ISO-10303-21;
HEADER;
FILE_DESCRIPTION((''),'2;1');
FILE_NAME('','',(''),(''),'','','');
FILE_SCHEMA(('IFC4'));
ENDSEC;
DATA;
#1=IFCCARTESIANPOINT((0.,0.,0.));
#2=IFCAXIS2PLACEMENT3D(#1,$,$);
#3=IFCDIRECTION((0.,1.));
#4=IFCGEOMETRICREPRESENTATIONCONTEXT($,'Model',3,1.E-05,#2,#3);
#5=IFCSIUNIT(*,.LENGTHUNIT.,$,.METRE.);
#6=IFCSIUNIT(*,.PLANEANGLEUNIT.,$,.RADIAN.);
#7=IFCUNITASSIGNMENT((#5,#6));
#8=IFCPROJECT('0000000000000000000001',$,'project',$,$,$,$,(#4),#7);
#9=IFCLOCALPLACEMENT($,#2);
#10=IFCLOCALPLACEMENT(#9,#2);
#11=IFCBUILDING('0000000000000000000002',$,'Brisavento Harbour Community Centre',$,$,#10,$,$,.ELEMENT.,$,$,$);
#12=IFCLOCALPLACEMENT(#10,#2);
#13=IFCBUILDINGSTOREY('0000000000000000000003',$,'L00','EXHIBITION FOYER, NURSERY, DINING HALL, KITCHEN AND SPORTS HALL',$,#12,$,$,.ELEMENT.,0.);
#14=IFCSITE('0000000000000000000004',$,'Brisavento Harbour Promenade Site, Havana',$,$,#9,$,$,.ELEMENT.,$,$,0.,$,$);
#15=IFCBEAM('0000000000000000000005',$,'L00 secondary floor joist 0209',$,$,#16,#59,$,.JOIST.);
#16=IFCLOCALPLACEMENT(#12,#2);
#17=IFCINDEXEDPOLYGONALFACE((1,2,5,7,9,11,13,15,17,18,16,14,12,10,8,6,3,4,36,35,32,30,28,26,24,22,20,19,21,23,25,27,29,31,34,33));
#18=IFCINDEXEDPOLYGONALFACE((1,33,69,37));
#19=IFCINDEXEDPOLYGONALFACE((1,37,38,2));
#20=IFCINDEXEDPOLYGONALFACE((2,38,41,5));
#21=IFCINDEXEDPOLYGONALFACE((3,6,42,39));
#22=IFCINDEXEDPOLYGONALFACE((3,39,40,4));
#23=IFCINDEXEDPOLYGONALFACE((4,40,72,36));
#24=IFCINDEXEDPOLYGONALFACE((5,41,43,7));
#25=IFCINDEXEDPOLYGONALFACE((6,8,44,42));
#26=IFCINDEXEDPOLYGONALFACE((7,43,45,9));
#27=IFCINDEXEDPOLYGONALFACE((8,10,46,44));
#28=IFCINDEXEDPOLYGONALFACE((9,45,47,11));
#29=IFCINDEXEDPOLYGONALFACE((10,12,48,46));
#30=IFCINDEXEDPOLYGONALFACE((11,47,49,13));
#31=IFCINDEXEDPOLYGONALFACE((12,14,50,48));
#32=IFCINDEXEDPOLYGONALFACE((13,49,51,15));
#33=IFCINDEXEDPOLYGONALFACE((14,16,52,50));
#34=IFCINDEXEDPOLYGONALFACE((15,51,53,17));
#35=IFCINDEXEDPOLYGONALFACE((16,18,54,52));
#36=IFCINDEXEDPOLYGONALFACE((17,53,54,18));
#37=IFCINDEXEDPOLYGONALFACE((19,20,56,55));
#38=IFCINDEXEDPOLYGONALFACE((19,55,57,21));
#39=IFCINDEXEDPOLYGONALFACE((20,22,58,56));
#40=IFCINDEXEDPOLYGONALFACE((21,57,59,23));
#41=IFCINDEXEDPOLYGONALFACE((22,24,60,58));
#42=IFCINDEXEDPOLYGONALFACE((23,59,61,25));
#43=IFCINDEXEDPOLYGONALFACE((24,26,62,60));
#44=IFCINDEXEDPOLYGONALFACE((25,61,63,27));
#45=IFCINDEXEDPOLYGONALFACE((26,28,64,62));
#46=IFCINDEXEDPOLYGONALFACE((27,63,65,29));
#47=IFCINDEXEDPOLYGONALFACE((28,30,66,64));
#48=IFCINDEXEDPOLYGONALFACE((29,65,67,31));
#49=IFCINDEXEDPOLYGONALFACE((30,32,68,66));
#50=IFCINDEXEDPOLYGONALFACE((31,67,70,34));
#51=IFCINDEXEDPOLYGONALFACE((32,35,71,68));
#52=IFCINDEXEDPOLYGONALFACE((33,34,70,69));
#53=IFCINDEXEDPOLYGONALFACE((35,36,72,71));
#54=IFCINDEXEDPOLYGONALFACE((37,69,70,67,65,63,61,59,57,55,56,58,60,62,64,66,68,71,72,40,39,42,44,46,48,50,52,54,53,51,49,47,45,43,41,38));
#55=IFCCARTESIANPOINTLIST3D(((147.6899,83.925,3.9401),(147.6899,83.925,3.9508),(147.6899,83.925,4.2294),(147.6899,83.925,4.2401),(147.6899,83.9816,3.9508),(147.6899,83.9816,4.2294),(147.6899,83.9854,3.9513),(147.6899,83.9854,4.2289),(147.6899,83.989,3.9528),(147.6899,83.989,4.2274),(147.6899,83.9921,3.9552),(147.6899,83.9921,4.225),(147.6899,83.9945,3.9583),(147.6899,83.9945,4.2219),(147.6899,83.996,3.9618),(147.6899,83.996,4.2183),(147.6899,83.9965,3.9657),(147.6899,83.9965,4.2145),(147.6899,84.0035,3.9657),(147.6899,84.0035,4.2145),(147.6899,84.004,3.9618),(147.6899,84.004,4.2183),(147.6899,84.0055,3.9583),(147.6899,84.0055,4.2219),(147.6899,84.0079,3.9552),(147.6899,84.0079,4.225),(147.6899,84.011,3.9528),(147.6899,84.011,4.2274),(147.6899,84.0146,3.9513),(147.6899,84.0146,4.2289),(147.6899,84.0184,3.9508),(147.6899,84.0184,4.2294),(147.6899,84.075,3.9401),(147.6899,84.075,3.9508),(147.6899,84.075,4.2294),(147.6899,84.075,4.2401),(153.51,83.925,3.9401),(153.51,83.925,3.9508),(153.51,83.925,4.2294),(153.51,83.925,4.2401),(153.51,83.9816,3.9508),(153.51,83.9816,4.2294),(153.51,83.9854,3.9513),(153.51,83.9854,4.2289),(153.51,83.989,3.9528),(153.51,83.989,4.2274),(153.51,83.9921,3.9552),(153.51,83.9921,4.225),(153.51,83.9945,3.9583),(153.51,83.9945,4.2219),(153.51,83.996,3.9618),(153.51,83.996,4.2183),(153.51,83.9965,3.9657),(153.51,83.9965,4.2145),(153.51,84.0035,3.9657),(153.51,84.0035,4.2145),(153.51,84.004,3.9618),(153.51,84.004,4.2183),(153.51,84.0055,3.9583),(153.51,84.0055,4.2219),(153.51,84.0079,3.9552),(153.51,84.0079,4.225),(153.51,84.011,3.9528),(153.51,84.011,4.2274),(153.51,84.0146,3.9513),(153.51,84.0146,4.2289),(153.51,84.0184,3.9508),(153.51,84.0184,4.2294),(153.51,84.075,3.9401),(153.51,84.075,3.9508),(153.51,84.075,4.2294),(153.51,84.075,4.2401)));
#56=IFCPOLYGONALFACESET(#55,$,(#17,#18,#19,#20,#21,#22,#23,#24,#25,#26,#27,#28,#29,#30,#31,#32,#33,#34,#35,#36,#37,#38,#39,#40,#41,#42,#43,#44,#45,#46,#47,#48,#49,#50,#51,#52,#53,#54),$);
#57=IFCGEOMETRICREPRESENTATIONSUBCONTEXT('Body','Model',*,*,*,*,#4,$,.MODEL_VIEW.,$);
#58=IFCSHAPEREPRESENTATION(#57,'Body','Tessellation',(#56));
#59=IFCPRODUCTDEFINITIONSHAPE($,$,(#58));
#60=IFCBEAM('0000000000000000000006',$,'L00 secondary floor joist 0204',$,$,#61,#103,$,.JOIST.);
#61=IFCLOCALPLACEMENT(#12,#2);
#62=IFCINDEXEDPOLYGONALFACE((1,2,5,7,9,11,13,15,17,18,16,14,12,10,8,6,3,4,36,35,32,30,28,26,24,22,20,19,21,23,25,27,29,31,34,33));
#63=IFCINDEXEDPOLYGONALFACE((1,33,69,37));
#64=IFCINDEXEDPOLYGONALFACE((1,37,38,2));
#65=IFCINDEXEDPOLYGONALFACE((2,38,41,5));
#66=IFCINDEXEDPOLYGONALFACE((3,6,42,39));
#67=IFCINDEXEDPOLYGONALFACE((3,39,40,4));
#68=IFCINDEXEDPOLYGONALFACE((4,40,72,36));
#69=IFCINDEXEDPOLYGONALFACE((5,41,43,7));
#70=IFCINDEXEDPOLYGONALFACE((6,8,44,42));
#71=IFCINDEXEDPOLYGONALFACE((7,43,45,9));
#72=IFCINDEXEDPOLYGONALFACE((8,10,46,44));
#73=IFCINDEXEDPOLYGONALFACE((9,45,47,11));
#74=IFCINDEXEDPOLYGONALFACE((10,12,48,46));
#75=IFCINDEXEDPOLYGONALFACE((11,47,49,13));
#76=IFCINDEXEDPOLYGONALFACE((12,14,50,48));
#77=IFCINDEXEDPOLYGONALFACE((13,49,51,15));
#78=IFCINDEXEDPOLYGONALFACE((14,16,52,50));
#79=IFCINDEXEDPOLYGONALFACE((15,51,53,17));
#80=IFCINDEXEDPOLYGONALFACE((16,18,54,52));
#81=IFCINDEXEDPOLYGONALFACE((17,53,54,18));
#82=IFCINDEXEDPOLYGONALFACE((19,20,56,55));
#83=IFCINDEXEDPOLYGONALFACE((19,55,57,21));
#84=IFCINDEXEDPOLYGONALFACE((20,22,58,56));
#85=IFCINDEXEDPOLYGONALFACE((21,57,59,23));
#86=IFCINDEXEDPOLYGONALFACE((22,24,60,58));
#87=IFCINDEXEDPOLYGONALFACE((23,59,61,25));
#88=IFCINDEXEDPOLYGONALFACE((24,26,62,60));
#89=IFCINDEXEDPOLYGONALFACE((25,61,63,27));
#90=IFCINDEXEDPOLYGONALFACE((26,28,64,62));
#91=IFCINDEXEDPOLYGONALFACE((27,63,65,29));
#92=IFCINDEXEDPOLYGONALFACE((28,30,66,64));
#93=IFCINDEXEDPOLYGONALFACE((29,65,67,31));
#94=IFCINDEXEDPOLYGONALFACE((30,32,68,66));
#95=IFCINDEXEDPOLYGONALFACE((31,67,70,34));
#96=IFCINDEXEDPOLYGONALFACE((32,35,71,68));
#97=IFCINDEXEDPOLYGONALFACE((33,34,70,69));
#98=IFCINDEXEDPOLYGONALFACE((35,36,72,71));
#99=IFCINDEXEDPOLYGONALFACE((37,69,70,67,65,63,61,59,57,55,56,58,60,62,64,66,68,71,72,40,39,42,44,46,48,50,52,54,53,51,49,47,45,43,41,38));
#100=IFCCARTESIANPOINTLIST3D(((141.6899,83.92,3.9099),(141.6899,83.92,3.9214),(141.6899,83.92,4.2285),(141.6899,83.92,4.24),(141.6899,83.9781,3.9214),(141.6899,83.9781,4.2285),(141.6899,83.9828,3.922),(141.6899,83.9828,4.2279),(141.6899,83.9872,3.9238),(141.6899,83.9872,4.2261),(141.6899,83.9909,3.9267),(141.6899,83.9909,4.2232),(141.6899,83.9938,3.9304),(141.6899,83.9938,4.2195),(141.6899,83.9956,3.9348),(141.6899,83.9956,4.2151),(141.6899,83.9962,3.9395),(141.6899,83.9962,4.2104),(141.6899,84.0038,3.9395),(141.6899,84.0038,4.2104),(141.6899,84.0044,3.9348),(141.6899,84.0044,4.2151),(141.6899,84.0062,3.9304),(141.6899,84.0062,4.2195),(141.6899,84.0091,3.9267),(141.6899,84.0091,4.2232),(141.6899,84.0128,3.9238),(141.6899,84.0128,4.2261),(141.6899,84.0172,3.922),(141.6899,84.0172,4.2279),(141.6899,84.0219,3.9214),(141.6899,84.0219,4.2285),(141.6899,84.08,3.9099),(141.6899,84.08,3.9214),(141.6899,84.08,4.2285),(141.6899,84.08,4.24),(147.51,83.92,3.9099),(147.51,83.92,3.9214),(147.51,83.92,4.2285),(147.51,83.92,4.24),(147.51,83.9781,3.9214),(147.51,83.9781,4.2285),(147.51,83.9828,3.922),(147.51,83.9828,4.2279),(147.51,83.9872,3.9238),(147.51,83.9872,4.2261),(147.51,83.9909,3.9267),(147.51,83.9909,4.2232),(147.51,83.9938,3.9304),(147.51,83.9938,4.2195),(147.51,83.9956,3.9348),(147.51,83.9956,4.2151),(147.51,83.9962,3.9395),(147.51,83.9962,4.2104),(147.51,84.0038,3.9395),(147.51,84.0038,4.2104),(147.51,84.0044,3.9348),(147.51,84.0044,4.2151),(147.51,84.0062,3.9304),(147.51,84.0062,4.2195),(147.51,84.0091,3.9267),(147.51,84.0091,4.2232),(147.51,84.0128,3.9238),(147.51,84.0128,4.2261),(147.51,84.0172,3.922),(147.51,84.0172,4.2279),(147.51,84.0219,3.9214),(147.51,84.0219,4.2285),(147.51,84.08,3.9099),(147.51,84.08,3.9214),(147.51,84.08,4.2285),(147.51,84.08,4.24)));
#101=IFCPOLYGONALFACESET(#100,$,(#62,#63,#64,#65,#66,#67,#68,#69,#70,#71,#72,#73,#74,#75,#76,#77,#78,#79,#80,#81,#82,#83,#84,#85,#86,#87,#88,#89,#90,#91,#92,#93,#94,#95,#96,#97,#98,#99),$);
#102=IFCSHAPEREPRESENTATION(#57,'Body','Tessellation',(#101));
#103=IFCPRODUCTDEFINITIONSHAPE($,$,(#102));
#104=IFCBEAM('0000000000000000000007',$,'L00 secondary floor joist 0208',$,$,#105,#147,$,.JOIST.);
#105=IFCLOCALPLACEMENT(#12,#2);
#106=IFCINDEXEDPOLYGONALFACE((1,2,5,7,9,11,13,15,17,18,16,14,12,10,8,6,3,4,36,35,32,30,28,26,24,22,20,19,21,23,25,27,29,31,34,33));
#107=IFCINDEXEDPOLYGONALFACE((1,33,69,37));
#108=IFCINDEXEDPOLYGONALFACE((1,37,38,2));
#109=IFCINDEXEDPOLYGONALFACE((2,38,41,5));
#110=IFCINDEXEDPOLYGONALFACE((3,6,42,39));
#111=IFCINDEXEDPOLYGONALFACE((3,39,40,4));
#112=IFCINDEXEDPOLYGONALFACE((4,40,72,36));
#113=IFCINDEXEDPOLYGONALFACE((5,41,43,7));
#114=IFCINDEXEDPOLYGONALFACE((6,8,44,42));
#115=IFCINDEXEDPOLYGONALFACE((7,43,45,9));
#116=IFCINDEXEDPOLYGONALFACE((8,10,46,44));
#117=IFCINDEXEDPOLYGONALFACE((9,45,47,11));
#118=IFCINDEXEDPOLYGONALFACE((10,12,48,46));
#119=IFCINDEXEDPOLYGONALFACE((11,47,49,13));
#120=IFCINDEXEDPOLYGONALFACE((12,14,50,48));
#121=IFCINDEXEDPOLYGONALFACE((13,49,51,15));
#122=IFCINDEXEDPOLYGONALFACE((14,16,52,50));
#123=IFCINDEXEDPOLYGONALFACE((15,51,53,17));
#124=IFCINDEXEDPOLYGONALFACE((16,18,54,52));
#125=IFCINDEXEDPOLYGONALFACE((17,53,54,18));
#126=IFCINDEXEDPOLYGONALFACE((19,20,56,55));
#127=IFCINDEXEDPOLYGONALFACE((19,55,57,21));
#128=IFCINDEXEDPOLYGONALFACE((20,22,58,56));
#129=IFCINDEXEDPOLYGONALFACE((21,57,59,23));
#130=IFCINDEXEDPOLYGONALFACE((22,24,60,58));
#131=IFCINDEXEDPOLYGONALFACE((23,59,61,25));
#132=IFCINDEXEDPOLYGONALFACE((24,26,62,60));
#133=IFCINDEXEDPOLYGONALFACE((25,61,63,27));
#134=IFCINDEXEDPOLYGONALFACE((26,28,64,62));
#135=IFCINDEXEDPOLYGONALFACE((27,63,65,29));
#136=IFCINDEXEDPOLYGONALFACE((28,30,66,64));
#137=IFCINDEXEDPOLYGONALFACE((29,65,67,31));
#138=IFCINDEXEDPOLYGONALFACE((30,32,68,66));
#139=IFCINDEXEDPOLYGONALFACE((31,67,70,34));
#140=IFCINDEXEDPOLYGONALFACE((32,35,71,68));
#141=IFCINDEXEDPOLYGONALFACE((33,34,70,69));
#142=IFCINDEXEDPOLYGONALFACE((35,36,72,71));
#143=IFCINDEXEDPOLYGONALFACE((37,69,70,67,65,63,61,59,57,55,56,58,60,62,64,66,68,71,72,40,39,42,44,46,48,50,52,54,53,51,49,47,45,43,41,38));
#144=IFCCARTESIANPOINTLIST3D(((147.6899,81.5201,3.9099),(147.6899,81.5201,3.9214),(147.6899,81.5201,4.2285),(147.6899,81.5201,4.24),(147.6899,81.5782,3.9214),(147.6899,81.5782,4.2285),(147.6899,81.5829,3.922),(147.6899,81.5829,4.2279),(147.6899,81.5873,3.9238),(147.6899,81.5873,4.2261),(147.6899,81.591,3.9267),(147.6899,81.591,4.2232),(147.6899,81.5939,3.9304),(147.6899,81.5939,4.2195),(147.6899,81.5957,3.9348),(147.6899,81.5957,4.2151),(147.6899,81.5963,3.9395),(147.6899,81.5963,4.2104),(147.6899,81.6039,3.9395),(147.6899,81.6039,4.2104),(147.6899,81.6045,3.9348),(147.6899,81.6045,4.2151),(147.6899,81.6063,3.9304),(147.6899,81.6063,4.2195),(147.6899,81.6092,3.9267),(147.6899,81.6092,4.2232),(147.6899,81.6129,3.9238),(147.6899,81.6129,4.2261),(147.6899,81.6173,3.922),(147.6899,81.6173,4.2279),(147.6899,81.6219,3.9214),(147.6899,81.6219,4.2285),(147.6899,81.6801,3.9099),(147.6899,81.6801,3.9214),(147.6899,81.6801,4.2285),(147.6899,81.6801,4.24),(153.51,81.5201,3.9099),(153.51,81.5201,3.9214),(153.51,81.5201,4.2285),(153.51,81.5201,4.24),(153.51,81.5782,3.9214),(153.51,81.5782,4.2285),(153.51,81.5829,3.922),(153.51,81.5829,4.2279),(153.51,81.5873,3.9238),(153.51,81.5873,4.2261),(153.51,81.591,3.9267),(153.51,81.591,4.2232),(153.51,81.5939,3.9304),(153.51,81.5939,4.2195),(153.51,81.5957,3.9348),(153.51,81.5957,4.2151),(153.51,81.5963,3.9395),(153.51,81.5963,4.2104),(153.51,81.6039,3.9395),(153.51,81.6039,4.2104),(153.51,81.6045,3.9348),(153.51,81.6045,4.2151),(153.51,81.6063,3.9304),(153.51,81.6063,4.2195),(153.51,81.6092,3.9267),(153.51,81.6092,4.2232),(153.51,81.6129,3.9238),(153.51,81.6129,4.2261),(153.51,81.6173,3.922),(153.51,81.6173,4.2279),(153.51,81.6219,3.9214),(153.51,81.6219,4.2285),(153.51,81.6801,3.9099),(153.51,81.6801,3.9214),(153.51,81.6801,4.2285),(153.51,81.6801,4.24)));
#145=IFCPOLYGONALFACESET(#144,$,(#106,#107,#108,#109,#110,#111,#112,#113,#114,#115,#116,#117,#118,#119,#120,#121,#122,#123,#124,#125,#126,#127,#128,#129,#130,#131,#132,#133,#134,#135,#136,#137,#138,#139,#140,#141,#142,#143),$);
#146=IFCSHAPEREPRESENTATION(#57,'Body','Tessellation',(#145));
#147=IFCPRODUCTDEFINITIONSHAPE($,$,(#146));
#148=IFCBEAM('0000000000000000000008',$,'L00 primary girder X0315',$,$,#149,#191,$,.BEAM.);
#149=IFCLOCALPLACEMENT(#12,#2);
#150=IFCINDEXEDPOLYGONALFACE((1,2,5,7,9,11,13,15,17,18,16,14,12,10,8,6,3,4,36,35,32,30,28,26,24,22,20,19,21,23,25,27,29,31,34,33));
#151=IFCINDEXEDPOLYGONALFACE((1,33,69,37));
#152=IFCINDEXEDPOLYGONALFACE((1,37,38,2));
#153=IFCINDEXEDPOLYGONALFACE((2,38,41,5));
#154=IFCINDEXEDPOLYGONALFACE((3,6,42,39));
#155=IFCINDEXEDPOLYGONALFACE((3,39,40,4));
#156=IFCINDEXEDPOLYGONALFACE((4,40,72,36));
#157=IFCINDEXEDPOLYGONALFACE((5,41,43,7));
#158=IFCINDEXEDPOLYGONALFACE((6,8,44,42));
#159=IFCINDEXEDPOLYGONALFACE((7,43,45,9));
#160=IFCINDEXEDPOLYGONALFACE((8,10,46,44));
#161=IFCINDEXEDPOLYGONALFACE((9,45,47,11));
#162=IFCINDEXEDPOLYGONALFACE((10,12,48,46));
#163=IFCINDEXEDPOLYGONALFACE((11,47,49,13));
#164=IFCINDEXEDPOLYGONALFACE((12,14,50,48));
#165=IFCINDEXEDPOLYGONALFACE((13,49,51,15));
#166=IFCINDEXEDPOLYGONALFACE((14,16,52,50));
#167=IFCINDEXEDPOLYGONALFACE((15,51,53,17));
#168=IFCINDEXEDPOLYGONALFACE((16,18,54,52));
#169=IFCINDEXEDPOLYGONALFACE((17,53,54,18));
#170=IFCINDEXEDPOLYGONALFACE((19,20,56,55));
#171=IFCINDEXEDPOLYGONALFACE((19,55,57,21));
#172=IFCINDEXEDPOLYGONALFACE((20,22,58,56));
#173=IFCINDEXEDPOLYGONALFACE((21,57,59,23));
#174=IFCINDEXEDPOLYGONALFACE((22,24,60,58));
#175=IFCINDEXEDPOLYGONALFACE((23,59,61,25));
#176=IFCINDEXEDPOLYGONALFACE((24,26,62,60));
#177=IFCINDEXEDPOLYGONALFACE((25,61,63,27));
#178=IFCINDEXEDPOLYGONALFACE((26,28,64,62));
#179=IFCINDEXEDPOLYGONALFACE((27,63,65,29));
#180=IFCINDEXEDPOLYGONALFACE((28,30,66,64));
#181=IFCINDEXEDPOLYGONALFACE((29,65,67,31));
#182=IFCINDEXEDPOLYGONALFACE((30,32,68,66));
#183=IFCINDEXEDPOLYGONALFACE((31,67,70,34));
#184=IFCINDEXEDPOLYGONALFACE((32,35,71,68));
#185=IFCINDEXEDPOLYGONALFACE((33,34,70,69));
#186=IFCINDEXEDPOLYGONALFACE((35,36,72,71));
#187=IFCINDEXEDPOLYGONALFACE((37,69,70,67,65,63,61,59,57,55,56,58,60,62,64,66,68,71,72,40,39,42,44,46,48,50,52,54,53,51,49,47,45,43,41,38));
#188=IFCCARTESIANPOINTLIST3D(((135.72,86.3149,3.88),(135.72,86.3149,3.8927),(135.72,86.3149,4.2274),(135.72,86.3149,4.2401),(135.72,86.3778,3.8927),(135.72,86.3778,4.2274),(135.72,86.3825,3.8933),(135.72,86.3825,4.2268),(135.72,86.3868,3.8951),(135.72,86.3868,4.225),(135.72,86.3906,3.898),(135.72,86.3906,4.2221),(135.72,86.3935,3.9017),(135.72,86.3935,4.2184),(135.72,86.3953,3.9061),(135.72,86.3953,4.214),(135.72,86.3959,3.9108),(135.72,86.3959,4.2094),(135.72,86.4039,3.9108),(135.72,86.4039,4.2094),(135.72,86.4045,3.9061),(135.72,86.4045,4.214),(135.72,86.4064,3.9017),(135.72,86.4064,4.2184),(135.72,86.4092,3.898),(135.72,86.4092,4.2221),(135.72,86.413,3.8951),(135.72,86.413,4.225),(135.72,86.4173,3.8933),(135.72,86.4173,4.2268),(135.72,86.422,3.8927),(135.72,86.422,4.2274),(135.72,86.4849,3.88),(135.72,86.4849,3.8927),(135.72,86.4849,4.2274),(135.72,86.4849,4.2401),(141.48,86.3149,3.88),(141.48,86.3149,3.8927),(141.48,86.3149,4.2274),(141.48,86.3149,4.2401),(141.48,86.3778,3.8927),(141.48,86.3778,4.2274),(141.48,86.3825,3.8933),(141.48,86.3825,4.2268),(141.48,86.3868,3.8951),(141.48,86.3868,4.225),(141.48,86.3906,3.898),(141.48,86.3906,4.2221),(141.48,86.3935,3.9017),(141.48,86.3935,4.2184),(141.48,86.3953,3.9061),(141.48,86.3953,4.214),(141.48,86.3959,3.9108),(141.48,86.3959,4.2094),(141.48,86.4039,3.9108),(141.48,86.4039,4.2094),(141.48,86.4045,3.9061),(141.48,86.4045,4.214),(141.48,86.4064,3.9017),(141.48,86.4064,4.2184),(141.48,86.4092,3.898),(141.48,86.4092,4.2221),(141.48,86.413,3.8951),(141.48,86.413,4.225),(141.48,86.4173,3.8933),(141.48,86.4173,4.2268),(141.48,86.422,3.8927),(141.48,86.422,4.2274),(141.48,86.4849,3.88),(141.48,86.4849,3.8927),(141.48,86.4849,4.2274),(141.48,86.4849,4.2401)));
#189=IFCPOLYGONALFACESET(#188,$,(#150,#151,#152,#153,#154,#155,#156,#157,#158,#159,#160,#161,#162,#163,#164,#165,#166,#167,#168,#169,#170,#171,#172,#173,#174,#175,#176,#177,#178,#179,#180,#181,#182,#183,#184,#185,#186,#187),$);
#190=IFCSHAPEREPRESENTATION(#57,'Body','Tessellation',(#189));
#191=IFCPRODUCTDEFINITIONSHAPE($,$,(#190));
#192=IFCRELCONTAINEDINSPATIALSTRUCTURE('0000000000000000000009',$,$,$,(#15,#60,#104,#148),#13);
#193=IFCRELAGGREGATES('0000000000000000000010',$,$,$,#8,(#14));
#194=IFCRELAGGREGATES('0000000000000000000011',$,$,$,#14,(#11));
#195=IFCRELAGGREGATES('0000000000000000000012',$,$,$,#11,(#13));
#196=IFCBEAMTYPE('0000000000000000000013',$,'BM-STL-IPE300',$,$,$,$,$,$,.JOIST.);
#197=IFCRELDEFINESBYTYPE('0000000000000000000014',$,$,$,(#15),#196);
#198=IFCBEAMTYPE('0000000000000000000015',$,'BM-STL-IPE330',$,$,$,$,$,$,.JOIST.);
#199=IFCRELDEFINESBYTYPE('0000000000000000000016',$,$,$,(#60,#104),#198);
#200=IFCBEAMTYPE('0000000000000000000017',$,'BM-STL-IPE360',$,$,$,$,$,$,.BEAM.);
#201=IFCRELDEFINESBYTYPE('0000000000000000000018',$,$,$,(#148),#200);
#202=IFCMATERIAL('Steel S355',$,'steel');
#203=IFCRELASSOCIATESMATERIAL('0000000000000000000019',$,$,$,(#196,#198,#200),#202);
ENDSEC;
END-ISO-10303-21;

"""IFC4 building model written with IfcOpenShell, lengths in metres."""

from ifc_helpers import new_model, si_unit, direction, frame, origin, origin_2d, place, context, subcontext, project, spatial, i_section, extrude, material, material_profile, profile_set, type_object, element, save


model = new_model("IFC4")

# Units and contexts
model_context = context("Model", 3, precision=1e-05, world=origin(), true_north=direction((0.0, 1.0)))
body_context = subcontext(model_context, "Body", "Model", "MODEL_VIEW")
ifc_project = project(units=[si_unit("LENGTHUNIT", "METRE"), si_unit("PLANEANGLEUNIT", "RADIAN")], contexts=[model_context])

# Site, building, storey
site_placement = place(None, origin())
site = spatial("IfcSite", under=ifc_project, at=site_placement, Name="Brisavento Harbour Promenade Site, Havana", CompositionType="ELEMENT", RefElevation=0.0)
building_placement = place(site_placement, origin())
building = spatial("IfcBuilding", under=site, at=building_placement, Name="Brisavento Harbour Community Centre", CompositionType="ELEMENT")
storey_placement = place(building_placement, origin())
storey = spatial("IfcBuildingStorey", under=building, at=storey_placement, Name="L00", Description="EXHIBITION FOYER, NURSERY, DINING HALL, KITCHEN AND SPORTS HALL", CompositionType="ELEMENT", Elevation=0.0)

# Shared definitions
ifc_material_1 = material(Name="Steel S355", Category="steel")

# Beams
ifc_material_profile_1 = material_profile(ifc_material_1, i_section(OverallWidth=0.1499, OverallDepth=0.3, WebThickness=0.0071, FlangeThickness=0.0107, FilletRadius=0.0149, at=origin_2d()), Name="Steel S355")
ifc_profile_set_1 = profile_set([ifc_material_profile_1], Name="Steel S355")
beam_type_1 = type_object("IfcBeamType", Name="BM-STL-IPE300", PredefinedType="JOIST", material=ifc_profile_set_1)
beam_1_placement = place(storey_placement, frame((147.6899, 84.0, 4.0901), z_axis=(1.0, 0.0, 0.0), x_axis=(0.0, 1.0, 0.0)))
element("IfcBeam", 1, at=beam_1_placement, inside=storey, type_object=beam_type_1, Name="L00 secondary floor joist 0209", PredefinedType="JOIST", context=body_context, shape_type="SweptSolid", body=[
    extrude(i_section(OverallWidth=0.1499, OverallDepth=0.3, WebThickness=0.0071, FlangeThickness=0.0107, FilletRadius=0.0149, at=origin_2d()), origin(), (0.0, 0.0, 1.0), 5.8201),
])
ifc_material_profile_2 = material_profile(ifc_material_1, i_section(OverallWidth=0.1599, OverallDepth=0.3301, WebThickness=0.0076, FlangeThickness=0.0115, FilletRadius=0.0181, at=origin_2d()), Name="Steel S355")
ifc_profile_set_2 = profile_set([ifc_material_profile_2], Name="Steel S355")
beam_type_2 = type_object("IfcBeamType", Name="BM-STL-IPE330", PredefinedType="JOIST", material=ifc_profile_set_2)
for number, where, z_axis, x_axis, name in (
    (2, (141.6899, 84.0, 4.075), (1.0, 0.0, 0.0), (0.0, 1.0, 0.0), "L00 secondary floor joist 0204"),
    (3, (147.6899, 81.6001, 4.075), (1.0, 0.0, 0.0), (0.0, 1.0, 0.0), "L00 secondary floor joist 0208"),
):
    element("IfcBeam", number, at=place(storey_placement, frame(where, z_axis=z_axis, x_axis=x_axis)), inside=storey, type_object=beam_type_2, Name=name, PredefinedType="JOIST", context=body_context, shape_type="SweptSolid", body=[
        extrude(i_section(OverallWidth=0.1599, OverallDepth=0.3301, WebThickness=0.0076, FlangeThickness=0.0115, FilletRadius=0.0181, at=origin_2d()), origin(), (0.0, 0.0, 1.0), 5.8201),
    ])
ifc_material_profile_3 = material_profile(ifc_material_1, i_section(OverallWidth=0.1699, OverallDepth=0.3601, WebThickness=0.0081, FlangeThickness=0.0127, FilletRadius=0.0181, at=origin_2d()), Name="Steel S355")
ifc_profile_set_3 = profile_set([ifc_material_profile_3], Name="Steel S355")
beam_type_3 = type_object("IfcBeamType", Name="BM-STL-IPE360", PredefinedType="BEAM", material=ifc_profile_set_3)
for number, where, z_axis, x_axis, name in (
    (4, (135.72, 86.3999, 4.0601), (1.0, 0.0, 0.0), (0.0, 1.0, 0.0), "L00 primary girder X0315"),
):
    element("IfcBeam", number, at=place(storey_placement, frame(where, z_axis=z_axis, x_axis=x_axis)), inside=storey, type_object=beam_type_3, Name=name, PredefinedType="BEAM", context=body_context, shape_type="SweptSolid", body=[
        extrude(i_section(OverallWidth=0.1699, OverallDepth=0.3601, WebThickness=0.0081, FlangeThickness=0.0127, FilletRadius=0.0181, at=origin_2d()), origin(), (0.0, 0.0, 1.0), 5.76),
    ])

save(model, "model.ifc")
